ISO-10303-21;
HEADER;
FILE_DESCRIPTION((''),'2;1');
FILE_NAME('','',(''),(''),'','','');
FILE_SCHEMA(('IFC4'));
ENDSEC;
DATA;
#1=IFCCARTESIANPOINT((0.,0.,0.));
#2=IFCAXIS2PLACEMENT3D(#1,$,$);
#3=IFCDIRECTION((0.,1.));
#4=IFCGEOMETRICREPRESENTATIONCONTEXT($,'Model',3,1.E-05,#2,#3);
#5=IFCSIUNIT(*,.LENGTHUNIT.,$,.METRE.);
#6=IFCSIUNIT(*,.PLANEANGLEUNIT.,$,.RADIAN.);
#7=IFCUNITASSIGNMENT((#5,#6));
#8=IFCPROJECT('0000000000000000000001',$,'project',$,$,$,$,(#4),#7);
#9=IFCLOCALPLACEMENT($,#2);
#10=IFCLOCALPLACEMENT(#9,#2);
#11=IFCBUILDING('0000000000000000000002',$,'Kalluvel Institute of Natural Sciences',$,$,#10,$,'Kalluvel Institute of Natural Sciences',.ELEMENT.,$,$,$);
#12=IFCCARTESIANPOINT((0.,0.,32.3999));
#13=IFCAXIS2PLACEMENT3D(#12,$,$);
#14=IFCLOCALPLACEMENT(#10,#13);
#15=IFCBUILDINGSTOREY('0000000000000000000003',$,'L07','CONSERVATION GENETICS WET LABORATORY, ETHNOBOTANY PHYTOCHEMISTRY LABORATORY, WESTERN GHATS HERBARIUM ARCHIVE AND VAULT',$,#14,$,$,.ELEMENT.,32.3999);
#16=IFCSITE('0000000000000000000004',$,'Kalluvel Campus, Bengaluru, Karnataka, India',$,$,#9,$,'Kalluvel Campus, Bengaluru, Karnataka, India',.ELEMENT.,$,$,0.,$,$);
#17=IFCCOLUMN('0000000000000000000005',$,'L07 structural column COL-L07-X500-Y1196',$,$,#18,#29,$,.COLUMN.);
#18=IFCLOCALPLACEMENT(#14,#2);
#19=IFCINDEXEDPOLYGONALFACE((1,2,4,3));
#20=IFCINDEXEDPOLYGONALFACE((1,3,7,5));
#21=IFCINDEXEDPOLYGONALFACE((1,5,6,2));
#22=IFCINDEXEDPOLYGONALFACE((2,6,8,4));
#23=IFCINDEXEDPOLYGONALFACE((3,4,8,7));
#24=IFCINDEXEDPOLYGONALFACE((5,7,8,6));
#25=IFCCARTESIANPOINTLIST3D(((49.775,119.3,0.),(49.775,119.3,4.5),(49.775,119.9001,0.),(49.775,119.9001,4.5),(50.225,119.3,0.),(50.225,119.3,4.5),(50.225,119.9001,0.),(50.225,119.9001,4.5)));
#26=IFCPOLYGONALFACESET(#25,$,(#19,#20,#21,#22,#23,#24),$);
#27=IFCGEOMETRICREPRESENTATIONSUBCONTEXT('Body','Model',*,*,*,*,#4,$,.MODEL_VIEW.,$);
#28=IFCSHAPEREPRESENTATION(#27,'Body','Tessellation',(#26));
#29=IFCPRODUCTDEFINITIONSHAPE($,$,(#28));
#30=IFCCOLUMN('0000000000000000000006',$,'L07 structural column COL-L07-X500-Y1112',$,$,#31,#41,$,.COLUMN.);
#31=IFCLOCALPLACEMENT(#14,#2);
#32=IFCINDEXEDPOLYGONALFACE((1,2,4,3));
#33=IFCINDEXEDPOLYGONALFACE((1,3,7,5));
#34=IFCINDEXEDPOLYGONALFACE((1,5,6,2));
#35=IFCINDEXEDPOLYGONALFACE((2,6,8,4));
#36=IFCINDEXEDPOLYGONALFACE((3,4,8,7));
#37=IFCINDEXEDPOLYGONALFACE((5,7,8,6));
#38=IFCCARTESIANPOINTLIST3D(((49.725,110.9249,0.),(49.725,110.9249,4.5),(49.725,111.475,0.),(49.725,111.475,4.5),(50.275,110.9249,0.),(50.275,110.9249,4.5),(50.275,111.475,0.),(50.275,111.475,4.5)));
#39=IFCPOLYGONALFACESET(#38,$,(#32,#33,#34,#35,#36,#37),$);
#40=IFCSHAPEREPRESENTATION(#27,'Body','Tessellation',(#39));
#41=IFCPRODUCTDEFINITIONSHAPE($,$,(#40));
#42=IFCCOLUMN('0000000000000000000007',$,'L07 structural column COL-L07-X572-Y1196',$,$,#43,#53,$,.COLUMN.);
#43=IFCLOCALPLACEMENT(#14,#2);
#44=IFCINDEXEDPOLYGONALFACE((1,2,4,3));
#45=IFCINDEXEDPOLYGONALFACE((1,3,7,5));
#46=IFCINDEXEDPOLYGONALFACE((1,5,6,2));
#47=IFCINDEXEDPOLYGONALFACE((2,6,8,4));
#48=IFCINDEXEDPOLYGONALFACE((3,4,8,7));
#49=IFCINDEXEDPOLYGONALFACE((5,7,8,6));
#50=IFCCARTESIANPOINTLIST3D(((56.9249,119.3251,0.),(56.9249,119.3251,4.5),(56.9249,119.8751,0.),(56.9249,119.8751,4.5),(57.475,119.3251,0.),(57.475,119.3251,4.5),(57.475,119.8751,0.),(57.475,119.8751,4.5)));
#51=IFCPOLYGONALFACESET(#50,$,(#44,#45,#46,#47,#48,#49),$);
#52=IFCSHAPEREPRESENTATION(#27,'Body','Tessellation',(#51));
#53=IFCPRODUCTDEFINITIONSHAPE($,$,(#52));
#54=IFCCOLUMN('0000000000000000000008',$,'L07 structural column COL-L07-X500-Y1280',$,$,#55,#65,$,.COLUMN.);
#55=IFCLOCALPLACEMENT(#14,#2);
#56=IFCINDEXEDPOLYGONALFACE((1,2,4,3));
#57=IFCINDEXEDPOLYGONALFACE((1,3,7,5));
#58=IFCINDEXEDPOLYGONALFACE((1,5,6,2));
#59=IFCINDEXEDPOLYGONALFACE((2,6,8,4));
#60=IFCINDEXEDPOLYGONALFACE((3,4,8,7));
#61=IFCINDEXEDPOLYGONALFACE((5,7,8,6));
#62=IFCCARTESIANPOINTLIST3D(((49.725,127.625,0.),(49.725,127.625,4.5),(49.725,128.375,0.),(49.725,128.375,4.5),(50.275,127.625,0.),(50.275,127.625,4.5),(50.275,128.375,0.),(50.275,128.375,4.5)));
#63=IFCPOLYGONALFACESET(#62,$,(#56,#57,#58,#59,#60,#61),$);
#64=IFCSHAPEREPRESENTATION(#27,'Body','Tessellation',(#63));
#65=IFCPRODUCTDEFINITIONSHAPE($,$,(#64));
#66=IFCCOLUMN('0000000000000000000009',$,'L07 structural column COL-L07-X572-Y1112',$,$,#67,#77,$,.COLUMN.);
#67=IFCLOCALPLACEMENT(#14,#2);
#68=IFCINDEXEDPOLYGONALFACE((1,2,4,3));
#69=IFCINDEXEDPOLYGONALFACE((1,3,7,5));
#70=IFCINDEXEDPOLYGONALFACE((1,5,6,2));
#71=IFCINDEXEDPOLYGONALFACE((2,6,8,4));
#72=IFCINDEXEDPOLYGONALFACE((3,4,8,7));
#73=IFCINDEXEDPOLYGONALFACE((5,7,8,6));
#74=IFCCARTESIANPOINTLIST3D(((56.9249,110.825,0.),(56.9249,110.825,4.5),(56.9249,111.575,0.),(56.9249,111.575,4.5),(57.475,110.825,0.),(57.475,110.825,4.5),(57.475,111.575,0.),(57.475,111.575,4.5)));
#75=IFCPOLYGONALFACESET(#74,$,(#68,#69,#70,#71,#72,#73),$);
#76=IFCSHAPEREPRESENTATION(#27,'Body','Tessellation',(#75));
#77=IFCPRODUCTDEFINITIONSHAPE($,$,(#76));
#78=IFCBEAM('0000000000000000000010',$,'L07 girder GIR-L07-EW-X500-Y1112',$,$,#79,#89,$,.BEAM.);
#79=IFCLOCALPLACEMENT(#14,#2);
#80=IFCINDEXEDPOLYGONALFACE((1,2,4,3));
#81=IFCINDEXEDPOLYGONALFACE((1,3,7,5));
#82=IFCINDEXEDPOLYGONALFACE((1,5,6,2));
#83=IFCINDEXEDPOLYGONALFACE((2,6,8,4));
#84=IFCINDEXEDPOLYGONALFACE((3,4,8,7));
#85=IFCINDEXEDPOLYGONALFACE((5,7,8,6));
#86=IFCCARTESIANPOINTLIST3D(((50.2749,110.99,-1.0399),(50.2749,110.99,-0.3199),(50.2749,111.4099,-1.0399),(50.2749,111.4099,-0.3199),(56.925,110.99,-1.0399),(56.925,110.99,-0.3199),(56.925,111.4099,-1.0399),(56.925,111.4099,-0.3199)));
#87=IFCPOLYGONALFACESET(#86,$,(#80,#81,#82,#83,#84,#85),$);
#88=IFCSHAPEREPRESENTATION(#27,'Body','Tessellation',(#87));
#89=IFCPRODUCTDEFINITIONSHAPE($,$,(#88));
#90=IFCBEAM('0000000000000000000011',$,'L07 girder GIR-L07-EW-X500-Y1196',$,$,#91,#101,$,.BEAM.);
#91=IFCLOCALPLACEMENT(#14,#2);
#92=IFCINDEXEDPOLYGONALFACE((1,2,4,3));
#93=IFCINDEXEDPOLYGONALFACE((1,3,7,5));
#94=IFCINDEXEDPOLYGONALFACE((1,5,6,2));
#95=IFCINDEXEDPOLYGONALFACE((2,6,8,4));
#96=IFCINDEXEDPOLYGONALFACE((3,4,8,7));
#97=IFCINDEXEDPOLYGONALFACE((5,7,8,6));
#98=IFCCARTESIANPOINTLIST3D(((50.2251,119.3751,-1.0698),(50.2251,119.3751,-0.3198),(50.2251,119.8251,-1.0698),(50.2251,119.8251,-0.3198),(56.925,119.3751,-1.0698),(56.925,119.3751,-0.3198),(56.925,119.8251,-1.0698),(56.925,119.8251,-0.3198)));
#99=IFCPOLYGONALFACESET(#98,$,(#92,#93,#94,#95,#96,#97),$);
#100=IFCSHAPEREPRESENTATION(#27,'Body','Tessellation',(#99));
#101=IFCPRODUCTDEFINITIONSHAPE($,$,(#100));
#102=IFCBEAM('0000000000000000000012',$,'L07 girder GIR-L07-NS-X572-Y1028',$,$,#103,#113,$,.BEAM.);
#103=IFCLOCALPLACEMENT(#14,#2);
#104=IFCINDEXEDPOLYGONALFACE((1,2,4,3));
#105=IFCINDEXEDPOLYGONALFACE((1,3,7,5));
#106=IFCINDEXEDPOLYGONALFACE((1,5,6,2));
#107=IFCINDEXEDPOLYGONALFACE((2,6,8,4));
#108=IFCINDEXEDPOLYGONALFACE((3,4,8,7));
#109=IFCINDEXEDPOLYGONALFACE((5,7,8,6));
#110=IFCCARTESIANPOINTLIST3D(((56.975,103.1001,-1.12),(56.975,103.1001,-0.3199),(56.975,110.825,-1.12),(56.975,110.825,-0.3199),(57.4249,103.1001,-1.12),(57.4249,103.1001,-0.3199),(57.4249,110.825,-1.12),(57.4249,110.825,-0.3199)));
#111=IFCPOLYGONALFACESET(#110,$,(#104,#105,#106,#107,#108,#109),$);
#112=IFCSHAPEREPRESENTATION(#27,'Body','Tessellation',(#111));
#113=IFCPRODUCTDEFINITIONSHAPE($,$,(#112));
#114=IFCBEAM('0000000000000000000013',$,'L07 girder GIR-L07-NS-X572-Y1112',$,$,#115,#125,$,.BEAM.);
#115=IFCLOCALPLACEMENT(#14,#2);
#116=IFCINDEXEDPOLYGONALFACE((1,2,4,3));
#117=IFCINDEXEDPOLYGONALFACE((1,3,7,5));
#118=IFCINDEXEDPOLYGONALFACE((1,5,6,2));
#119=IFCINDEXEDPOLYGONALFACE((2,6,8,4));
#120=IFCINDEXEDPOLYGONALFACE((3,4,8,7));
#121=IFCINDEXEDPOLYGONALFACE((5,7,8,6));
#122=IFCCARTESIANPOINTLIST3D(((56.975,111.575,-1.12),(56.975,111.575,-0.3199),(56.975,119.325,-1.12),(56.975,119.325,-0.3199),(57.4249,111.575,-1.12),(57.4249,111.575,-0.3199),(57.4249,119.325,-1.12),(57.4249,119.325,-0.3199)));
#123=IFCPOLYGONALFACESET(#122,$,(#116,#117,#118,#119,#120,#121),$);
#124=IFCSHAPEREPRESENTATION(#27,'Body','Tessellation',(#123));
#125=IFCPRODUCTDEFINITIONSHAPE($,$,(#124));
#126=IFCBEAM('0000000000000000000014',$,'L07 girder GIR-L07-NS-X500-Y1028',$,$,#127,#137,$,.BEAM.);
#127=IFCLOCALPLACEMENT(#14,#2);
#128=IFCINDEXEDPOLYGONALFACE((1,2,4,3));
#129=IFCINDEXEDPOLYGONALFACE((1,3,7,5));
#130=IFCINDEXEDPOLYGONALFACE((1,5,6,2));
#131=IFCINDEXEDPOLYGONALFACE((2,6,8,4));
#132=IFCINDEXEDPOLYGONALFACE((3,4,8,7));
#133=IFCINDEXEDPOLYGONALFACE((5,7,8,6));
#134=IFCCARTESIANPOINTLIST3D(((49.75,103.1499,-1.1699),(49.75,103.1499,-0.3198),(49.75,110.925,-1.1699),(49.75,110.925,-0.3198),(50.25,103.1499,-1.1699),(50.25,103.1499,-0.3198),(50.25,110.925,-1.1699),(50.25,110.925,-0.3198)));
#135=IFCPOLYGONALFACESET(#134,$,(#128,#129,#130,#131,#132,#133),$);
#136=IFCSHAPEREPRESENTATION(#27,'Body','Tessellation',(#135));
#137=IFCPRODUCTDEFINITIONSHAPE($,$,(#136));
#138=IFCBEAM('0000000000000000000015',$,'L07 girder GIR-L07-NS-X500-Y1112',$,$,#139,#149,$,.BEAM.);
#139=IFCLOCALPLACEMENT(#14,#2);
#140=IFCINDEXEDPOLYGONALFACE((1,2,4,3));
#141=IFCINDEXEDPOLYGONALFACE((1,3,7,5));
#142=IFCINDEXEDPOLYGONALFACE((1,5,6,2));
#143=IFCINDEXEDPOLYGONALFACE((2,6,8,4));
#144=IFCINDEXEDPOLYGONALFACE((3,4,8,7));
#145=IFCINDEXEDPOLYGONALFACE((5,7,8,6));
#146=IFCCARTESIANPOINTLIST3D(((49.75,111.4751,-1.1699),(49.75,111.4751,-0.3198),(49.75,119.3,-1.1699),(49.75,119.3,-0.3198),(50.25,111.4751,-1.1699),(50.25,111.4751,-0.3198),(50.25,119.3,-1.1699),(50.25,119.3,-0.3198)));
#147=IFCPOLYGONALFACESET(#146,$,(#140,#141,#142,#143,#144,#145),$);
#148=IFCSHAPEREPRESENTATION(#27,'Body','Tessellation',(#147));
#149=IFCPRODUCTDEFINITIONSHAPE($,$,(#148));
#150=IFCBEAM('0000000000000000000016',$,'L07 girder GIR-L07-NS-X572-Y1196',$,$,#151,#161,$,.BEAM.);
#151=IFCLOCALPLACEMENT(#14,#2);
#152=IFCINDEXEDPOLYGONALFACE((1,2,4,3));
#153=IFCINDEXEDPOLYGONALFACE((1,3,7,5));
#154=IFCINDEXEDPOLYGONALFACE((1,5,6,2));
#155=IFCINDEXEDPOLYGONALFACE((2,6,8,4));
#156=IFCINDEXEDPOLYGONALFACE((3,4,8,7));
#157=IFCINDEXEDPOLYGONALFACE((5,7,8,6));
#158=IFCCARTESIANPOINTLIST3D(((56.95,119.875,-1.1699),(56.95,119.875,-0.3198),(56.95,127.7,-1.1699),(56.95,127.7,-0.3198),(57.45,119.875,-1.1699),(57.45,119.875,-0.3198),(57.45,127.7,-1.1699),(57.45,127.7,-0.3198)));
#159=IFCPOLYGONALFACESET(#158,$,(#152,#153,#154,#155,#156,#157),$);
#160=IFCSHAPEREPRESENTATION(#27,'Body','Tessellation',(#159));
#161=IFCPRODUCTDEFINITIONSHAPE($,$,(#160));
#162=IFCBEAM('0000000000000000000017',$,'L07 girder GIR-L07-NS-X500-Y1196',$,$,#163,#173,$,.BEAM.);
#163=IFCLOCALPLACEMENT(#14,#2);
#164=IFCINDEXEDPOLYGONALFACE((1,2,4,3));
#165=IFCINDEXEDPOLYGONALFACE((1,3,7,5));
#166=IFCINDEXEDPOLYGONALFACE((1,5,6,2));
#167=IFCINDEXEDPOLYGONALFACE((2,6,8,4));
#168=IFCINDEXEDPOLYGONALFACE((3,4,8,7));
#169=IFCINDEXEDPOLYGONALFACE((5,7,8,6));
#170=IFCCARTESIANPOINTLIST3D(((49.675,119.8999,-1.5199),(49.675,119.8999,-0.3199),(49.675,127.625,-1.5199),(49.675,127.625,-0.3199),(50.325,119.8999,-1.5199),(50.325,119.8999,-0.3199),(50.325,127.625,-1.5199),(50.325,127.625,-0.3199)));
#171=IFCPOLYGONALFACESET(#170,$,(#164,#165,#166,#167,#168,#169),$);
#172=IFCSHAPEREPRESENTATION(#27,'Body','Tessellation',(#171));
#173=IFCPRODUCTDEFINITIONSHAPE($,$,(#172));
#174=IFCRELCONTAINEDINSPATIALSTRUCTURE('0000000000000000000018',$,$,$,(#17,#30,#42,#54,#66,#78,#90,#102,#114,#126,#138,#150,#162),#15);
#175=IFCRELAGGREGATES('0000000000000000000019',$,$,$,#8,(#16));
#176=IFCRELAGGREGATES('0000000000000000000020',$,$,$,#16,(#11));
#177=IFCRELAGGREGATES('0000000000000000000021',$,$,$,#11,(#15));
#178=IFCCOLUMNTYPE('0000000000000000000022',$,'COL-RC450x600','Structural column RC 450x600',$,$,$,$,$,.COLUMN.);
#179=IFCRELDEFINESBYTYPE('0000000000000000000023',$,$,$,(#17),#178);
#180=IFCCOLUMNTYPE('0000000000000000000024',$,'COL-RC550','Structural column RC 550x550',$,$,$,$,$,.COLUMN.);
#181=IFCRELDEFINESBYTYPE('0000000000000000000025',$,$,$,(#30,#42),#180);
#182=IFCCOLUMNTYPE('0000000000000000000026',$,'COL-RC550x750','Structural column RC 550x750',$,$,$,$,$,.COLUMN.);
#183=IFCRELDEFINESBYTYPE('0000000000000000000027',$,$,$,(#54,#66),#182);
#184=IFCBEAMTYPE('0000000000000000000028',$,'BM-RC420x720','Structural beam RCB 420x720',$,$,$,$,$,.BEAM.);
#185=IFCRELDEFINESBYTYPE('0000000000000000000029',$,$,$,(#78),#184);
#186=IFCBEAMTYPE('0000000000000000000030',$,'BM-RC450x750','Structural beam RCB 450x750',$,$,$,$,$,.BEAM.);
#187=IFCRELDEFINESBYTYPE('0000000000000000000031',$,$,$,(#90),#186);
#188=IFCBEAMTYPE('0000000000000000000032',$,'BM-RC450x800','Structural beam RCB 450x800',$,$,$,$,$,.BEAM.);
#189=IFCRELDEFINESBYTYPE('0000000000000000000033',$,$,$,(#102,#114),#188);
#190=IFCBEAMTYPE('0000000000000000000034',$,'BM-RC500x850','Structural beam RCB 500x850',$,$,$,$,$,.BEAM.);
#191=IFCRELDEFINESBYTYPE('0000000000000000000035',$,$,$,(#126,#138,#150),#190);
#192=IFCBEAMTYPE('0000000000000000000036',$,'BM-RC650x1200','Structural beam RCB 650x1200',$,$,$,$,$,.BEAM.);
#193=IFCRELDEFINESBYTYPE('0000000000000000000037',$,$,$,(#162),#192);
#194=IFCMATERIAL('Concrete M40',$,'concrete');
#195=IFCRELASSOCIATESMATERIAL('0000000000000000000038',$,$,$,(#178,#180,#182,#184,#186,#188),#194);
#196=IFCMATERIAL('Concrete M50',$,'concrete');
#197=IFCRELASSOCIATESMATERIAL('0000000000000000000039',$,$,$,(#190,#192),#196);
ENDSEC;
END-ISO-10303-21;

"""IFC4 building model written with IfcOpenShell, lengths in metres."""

from ifc_helpers import new_model, si_unit, direction, frame, origin, origin_2d, place, context, subcontext, project, spatial, rectangle, extrude, material, material_profile, profile_set, type_object, element, save


model = new_model("IFC4")

# Units and contexts
model_context = context("Model", 3, precision=1e-05, world=origin(), true_north=direction((0.0, 1.0)))
body_context = subcontext(model_context, "Body", "Model", "MODEL_VIEW")
ifc_project = project(units=[si_unit("LENGTHUNIT", "METRE"), si_unit("PLANEANGLEUNIT", "RADIAN")], contexts=[model_context])

# Site, building, storey
site_placement = place(None, origin())
site = spatial("IfcSite", under=ifc_project, at=site_placement, Name="Kalluvel Campus, Bengaluru, Karnataka, India", LongName="Kalluvel Campus, Bengaluru, Karnataka, India", CompositionType="ELEMENT", RefElevation=0.0)
building_placement = place(site_placement, origin())
building = spatial("IfcBuilding", under=site, at=building_placement, Name="Kalluvel Institute of Natural Sciences", LongName="Kalluvel Institute of Natural Sciences", CompositionType="ELEMENT")
storey_placement = place(building_placement, frame((0.0, 0.0, 32.3999)))
storey = spatial("IfcBuildingStorey", under=building, at=storey_placement, Name="L07", Description="CONSERVATION GENETICS WET LABORATORY, ETHNOBOTANY PHYTOCHEMISTRY LABORATORY, WESTERN GHATS HERBARIUM ARCHIVE AND VAULT", CompositionType="ELEMENT", Elevation=32.3999)

# Columns
ifc_material_1 = material(Name="Concrete M40", Category="concrete")
ifc_material_profile_1 = material_profile(ifc_material_1, rectangle(XDim=0.45, YDim=0.6001, at=origin_2d()), Name="RC 450x600")
ifc_profile_set_1 = profile_set([ifc_material_profile_1], Name="Concrete M40")
column_type_1 = type_object("IfcColumnType", Name="COL-RC450x600", Description="Structural column RC 450x600", PredefinedType="COLUMN", material=ifc_profile_set_1)
column_placement = place(storey_placement, frame((50.0, 119.6001, 0.0), z_axis=(0.0, 0.0, 1.0), x_axis=(1.0, 0.0, 0.0)))
element("IfcColumn", 1, at=column_placement, inside=storey, type_object=column_type_1, Name="L07 structural column COL-L07-X500-Y1196", PredefinedType="COLUMN", context=body_context, shape_type="SweptSolid", body=[
    extrude(rectangle(XDim=0.45, YDim=0.6001, at=origin_2d()), origin(), (0.0, 0.0, 1.0), 4.5),
])
ifc_material_profile_2 = material_profile(ifc_material_1, rectangle(XDim=0.55, YDim=0.55, at=origin_2d()), Name="RC 550x550")
ifc_profile_set_2 = profile_set([ifc_material_profile_2], Name="Concrete M40")
column_type_2 = type_object("IfcColumnType", Name="COL-RC550", Description="Structural column RC 550x550", PredefinedType="COLUMN", material=ifc_profile_set_2)
for number, where, z_axis, x_axis, name in (
    (2, (50.0, 111.2, 0.0), (0.0, 0.0, 1.0), (1.0, 0.0, 0.0), "L07 structural column COL-L07-X500-Y1112"),
    (3, (57.2, 119.6001, 0.0), (0.0, 0.0, 1.0), (1.0, 0.0, 0.0), "L07 structural column COL-L07-X572-Y1196"),
):
    element("IfcColumn", number, at=place(storey_placement, frame(where, z_axis=z_axis, x_axis=x_axis)), inside=storey, type_object=column_type_2, Name=name, PredefinedType="COLUMN", context=body_context, shape_type="SweptSolid", body=[
        extrude(rectangle(XDim=0.55, YDim=0.55, at=origin_2d()), origin(), (0.0, 0.0, 1.0), 4.5),
    ])
ifc_material_profile_3 = material_profile(ifc_material_1, rectangle(XDim=0.55, YDim=0.75, at=origin_2d()), Name="RC 550x750")
ifc_profile_set_3 = profile_set([ifc_material_profile_3], Name="Concrete M40")
column_type_3 = type_object("IfcColumnType", Name="COL-RC550x750", Description="Structural column RC 550x750", PredefinedType="COLUMN", material=ifc_profile_set_3)
for number, where, z_axis, x_axis, name in (
    (4, (50.0, 128.0, 0.0), (0.0, 0.0, 1.0), (1.0, 0.0, 0.0), "L07 structural column COL-L07-X500-Y1280"),
    (5, (57.2, 111.2, 0.0), (0.0, 0.0, 1.0), (1.0, 0.0, 0.0), "L07 structural column COL-L07-X572-Y1112"),
):
    element("IfcColumn", number, at=place(storey_placement, frame(where, z_axis=z_axis, x_axis=x_axis)), inside=storey, type_object=column_type_3, Name=name, PredefinedType="COLUMN", context=body_context, shape_type="SweptSolid", body=[
        extrude(rectangle(XDim=0.55, YDim=0.75, at=origin_2d()), origin(), (0.0, 0.0, 1.0), 4.5),
    ])

# Beams
ifc_material_profile_4 = material_profile(ifc_material_1, rectangle(XDim=0.4199, YDim=0.72, at=origin_2d()), Name="RCB 420x720")
ifc_profile_set_4 = profile_set([ifc_material_profile_4], Name="Concrete M40")
beam_type_1 = type_object("IfcBeamType", Name="BM-RC420x720", Description="Structural beam RCB 420x720", PredefinedType="BEAM", material=ifc_profile_set_4)
beam_1_placement = place(storey_placement, frame((50.2749, 111.2, -0.6799), z_axis=(1.0, 0.0, 0.0), x_axis=(0.0, 1.0, 0.0)))
element("IfcBeam", 6, at=beam_1_placement, inside=storey, type_object=beam_type_1, Name="L07 girder GIR-L07-EW-X500-Y1112", PredefinedType="BEAM", context=body_context, shape_type="SweptSolid", body=[
    extrude(rectangle(XDim=0.4199, YDim=0.72, at=origin_2d()), origin(), (0.0, 0.0, 1.0), 6.6501),
])
ifc_material_profile_5 = material_profile(ifc_material_1, rectangle(XDim=0.45, YDim=0.75, at=origin_2d()), Name="RCB 450x750")
ifc_profile_set_5 = profile_set([ifc_material_profile_5], Name="Concrete M40")
beam_type_2 = type_object("IfcBeamType", Name="BM-RC450x750", Description="Structural beam RCB 450x750", PredefinedType="BEAM", material=ifc_profile_set_5)
beam_2_placement = place(storey_placement, frame((50.2251, 119.6001, -0.6948), z_axis=(1.0, 0.0, 0.0), x_axis=(0.0, 1.0, 0.0)))
element("IfcBeam", 7, at=beam_2_placement, inside=storey, type_object=beam_type_2, Name="L07 girder GIR-L07-EW-X500-Y1196", PredefinedType="BEAM", context=body_context, shape_type="SweptSolid", body=[
    extrude(rectangle(XDim=0.45, YDim=0.75, at=origin_2d()), origin(), (0.0, 0.0, 1.0), 6.7),
])
ifc_material_profile_6 = material_profile(ifc_material_1, rectangle(XDim=0.45, YDim=0.8, at=origin_2d()), Name="RCB 450x800")
ifc_profile_set_6 = profile_set([ifc_material_profile_6], Name="Concrete M40")
beam_type_3 = type_object("IfcBeamType", Name="BM-RC450x800", Description="Structural beam RCB 450x800", PredefinedType="BEAM", material=ifc_profile_set_6)
beam_3_placement = place(storey_placement, frame((57.2, 103.1001, -0.72), z_axis=(0.0, 1.0, 0.0), x_axis=(-1.0, 0.0, 0.0)))
element("IfcBeam", 8, at=beam_3_placement, inside=storey, type_object=beam_type_3, Name="L07 girder GIR-L07-NS-X572-Y1028", PredefinedType="BEAM", context=body_context, shape_type="SweptSolid", body=[
    extrude(rectangle(XDim=0.45, YDim=0.8, at=origin_2d()), origin(), (0.0, 0.0, 1.0), 7.7249),
])
beam_4_placement = place(storey_placement, frame((57.2, 111.575, -0.72), z_axis=(0.0, 1.0, 0.0), x_axis=(-1.0, 0.0, 0.0)))
element("IfcBeam", 9, at=beam_4_placement, inside=storey, type_object=beam_type_3, Name="L07 girder GIR-L07-NS-X572-Y1112", PredefinedType="BEAM", context=body_context, shape_type="SweptSolid", body=[
    extrude(rectangle(XDim=0.45, YDim=0.8, at=origin_2d()), origin(), (0.0, 0.0, 1.0), 7.75),
])
ifc_material_2 = material(Name="Concrete M50", Category="concrete")
ifc_material_profile_7 = material_profile(ifc_material_2, rectangle(XDim=0.5, YDim=0.8501, at=origin_2d()), Name="RCB 500x850")
ifc_profile_set_7 = profile_set([ifc_material_profile_7], Name="Concrete M50")
beam_type_4 = type_object("IfcBeamType", Name="BM-RC500x850", Description="Structural beam RCB 500x850", PredefinedType="BEAM", material=ifc_profile_set_7)
beam_5_placement = place(storey_placement, frame((50.0, 103.1499, -0.7449), z_axis=(0.0, 1.0, 0.0), x_axis=(-1.0, 0.0, 0.0)))
element("IfcBeam", 10, at=beam_5_placement, inside=storey, type_object=beam_type_4, Name="L07 girder GIR-L07-NS-X500-Y1028", PredefinedType="BEAM", context=body_context, shape_type="SweptSolid", body=[
    extrude(rectangle(XDim=0.5, YDim=0.8501, at=origin_2d()), origin(), (0.0, 0.0, 1.0), 7.7751),
])
for number, where, z_axis, x_axis, name in (
    (11, (50.0, 111.4751, -0.7449), (0.0, 1.0, 0.0), (-1.0, 0.0, 0.0), "L07 girder GIR-L07-NS-X500-Y1112"),
    (12, (57.2, 119.875, -0.7449), (0.0, 1.0, 0.0), (-1.0, 0.0, 0.0), "L07 girder GIR-L07-NS-X572-Y1196"),
):
    element("IfcBeam", number, at=place(storey_placement, frame(where, z_axis=z_axis, x_axis=x_axis)), inside=storey, type_object=beam_type_4, Name=name, PredefinedType="BEAM", context=body_context, shape_type="SweptSolid", body=[
        extrude(rectangle(XDim=0.5, YDim=0.8501, at=origin_2d()), origin(), (0.0, 0.0, 1.0), 7.825),
    ])
ifc_material_profile_8 = material_profile(ifc_material_2, rectangle(XDim=0.6499, YDim=1.2, at=origin_2d()), Name="RCB 650x1200")
ifc_profile_set_8 = profile_set([ifc_material_profile_8], Name="Concrete M50")
beam_type_5 = type_object("IfcBeamType", Name="BM-RC650x1200", Description="Structural beam RCB 650x1200", PredefinedType="BEAM", material=ifc_profile_set_8)
beam_6_placement = place(storey_placement, frame((50.0, 119.8999, -0.9199), z_axis=(0.0, 1.0, 0.0), x_axis=(-1.0, 0.0, 0.0)))
element("IfcBeam", 13, at=beam_6_placement, inside=storey, type_object=beam_type_5, Name="L07 girder GIR-L07-NS-X500-Y1196", PredefinedType="BEAM", context=body_context, shape_type="SweptSolid", body=[
    extrude(rectangle(XDim=0.6499, YDim=1.2, at=origin_2d()), origin(), (0.0, 0.0, 1.0), 7.7251),
])

save(model, "model.ifc")
